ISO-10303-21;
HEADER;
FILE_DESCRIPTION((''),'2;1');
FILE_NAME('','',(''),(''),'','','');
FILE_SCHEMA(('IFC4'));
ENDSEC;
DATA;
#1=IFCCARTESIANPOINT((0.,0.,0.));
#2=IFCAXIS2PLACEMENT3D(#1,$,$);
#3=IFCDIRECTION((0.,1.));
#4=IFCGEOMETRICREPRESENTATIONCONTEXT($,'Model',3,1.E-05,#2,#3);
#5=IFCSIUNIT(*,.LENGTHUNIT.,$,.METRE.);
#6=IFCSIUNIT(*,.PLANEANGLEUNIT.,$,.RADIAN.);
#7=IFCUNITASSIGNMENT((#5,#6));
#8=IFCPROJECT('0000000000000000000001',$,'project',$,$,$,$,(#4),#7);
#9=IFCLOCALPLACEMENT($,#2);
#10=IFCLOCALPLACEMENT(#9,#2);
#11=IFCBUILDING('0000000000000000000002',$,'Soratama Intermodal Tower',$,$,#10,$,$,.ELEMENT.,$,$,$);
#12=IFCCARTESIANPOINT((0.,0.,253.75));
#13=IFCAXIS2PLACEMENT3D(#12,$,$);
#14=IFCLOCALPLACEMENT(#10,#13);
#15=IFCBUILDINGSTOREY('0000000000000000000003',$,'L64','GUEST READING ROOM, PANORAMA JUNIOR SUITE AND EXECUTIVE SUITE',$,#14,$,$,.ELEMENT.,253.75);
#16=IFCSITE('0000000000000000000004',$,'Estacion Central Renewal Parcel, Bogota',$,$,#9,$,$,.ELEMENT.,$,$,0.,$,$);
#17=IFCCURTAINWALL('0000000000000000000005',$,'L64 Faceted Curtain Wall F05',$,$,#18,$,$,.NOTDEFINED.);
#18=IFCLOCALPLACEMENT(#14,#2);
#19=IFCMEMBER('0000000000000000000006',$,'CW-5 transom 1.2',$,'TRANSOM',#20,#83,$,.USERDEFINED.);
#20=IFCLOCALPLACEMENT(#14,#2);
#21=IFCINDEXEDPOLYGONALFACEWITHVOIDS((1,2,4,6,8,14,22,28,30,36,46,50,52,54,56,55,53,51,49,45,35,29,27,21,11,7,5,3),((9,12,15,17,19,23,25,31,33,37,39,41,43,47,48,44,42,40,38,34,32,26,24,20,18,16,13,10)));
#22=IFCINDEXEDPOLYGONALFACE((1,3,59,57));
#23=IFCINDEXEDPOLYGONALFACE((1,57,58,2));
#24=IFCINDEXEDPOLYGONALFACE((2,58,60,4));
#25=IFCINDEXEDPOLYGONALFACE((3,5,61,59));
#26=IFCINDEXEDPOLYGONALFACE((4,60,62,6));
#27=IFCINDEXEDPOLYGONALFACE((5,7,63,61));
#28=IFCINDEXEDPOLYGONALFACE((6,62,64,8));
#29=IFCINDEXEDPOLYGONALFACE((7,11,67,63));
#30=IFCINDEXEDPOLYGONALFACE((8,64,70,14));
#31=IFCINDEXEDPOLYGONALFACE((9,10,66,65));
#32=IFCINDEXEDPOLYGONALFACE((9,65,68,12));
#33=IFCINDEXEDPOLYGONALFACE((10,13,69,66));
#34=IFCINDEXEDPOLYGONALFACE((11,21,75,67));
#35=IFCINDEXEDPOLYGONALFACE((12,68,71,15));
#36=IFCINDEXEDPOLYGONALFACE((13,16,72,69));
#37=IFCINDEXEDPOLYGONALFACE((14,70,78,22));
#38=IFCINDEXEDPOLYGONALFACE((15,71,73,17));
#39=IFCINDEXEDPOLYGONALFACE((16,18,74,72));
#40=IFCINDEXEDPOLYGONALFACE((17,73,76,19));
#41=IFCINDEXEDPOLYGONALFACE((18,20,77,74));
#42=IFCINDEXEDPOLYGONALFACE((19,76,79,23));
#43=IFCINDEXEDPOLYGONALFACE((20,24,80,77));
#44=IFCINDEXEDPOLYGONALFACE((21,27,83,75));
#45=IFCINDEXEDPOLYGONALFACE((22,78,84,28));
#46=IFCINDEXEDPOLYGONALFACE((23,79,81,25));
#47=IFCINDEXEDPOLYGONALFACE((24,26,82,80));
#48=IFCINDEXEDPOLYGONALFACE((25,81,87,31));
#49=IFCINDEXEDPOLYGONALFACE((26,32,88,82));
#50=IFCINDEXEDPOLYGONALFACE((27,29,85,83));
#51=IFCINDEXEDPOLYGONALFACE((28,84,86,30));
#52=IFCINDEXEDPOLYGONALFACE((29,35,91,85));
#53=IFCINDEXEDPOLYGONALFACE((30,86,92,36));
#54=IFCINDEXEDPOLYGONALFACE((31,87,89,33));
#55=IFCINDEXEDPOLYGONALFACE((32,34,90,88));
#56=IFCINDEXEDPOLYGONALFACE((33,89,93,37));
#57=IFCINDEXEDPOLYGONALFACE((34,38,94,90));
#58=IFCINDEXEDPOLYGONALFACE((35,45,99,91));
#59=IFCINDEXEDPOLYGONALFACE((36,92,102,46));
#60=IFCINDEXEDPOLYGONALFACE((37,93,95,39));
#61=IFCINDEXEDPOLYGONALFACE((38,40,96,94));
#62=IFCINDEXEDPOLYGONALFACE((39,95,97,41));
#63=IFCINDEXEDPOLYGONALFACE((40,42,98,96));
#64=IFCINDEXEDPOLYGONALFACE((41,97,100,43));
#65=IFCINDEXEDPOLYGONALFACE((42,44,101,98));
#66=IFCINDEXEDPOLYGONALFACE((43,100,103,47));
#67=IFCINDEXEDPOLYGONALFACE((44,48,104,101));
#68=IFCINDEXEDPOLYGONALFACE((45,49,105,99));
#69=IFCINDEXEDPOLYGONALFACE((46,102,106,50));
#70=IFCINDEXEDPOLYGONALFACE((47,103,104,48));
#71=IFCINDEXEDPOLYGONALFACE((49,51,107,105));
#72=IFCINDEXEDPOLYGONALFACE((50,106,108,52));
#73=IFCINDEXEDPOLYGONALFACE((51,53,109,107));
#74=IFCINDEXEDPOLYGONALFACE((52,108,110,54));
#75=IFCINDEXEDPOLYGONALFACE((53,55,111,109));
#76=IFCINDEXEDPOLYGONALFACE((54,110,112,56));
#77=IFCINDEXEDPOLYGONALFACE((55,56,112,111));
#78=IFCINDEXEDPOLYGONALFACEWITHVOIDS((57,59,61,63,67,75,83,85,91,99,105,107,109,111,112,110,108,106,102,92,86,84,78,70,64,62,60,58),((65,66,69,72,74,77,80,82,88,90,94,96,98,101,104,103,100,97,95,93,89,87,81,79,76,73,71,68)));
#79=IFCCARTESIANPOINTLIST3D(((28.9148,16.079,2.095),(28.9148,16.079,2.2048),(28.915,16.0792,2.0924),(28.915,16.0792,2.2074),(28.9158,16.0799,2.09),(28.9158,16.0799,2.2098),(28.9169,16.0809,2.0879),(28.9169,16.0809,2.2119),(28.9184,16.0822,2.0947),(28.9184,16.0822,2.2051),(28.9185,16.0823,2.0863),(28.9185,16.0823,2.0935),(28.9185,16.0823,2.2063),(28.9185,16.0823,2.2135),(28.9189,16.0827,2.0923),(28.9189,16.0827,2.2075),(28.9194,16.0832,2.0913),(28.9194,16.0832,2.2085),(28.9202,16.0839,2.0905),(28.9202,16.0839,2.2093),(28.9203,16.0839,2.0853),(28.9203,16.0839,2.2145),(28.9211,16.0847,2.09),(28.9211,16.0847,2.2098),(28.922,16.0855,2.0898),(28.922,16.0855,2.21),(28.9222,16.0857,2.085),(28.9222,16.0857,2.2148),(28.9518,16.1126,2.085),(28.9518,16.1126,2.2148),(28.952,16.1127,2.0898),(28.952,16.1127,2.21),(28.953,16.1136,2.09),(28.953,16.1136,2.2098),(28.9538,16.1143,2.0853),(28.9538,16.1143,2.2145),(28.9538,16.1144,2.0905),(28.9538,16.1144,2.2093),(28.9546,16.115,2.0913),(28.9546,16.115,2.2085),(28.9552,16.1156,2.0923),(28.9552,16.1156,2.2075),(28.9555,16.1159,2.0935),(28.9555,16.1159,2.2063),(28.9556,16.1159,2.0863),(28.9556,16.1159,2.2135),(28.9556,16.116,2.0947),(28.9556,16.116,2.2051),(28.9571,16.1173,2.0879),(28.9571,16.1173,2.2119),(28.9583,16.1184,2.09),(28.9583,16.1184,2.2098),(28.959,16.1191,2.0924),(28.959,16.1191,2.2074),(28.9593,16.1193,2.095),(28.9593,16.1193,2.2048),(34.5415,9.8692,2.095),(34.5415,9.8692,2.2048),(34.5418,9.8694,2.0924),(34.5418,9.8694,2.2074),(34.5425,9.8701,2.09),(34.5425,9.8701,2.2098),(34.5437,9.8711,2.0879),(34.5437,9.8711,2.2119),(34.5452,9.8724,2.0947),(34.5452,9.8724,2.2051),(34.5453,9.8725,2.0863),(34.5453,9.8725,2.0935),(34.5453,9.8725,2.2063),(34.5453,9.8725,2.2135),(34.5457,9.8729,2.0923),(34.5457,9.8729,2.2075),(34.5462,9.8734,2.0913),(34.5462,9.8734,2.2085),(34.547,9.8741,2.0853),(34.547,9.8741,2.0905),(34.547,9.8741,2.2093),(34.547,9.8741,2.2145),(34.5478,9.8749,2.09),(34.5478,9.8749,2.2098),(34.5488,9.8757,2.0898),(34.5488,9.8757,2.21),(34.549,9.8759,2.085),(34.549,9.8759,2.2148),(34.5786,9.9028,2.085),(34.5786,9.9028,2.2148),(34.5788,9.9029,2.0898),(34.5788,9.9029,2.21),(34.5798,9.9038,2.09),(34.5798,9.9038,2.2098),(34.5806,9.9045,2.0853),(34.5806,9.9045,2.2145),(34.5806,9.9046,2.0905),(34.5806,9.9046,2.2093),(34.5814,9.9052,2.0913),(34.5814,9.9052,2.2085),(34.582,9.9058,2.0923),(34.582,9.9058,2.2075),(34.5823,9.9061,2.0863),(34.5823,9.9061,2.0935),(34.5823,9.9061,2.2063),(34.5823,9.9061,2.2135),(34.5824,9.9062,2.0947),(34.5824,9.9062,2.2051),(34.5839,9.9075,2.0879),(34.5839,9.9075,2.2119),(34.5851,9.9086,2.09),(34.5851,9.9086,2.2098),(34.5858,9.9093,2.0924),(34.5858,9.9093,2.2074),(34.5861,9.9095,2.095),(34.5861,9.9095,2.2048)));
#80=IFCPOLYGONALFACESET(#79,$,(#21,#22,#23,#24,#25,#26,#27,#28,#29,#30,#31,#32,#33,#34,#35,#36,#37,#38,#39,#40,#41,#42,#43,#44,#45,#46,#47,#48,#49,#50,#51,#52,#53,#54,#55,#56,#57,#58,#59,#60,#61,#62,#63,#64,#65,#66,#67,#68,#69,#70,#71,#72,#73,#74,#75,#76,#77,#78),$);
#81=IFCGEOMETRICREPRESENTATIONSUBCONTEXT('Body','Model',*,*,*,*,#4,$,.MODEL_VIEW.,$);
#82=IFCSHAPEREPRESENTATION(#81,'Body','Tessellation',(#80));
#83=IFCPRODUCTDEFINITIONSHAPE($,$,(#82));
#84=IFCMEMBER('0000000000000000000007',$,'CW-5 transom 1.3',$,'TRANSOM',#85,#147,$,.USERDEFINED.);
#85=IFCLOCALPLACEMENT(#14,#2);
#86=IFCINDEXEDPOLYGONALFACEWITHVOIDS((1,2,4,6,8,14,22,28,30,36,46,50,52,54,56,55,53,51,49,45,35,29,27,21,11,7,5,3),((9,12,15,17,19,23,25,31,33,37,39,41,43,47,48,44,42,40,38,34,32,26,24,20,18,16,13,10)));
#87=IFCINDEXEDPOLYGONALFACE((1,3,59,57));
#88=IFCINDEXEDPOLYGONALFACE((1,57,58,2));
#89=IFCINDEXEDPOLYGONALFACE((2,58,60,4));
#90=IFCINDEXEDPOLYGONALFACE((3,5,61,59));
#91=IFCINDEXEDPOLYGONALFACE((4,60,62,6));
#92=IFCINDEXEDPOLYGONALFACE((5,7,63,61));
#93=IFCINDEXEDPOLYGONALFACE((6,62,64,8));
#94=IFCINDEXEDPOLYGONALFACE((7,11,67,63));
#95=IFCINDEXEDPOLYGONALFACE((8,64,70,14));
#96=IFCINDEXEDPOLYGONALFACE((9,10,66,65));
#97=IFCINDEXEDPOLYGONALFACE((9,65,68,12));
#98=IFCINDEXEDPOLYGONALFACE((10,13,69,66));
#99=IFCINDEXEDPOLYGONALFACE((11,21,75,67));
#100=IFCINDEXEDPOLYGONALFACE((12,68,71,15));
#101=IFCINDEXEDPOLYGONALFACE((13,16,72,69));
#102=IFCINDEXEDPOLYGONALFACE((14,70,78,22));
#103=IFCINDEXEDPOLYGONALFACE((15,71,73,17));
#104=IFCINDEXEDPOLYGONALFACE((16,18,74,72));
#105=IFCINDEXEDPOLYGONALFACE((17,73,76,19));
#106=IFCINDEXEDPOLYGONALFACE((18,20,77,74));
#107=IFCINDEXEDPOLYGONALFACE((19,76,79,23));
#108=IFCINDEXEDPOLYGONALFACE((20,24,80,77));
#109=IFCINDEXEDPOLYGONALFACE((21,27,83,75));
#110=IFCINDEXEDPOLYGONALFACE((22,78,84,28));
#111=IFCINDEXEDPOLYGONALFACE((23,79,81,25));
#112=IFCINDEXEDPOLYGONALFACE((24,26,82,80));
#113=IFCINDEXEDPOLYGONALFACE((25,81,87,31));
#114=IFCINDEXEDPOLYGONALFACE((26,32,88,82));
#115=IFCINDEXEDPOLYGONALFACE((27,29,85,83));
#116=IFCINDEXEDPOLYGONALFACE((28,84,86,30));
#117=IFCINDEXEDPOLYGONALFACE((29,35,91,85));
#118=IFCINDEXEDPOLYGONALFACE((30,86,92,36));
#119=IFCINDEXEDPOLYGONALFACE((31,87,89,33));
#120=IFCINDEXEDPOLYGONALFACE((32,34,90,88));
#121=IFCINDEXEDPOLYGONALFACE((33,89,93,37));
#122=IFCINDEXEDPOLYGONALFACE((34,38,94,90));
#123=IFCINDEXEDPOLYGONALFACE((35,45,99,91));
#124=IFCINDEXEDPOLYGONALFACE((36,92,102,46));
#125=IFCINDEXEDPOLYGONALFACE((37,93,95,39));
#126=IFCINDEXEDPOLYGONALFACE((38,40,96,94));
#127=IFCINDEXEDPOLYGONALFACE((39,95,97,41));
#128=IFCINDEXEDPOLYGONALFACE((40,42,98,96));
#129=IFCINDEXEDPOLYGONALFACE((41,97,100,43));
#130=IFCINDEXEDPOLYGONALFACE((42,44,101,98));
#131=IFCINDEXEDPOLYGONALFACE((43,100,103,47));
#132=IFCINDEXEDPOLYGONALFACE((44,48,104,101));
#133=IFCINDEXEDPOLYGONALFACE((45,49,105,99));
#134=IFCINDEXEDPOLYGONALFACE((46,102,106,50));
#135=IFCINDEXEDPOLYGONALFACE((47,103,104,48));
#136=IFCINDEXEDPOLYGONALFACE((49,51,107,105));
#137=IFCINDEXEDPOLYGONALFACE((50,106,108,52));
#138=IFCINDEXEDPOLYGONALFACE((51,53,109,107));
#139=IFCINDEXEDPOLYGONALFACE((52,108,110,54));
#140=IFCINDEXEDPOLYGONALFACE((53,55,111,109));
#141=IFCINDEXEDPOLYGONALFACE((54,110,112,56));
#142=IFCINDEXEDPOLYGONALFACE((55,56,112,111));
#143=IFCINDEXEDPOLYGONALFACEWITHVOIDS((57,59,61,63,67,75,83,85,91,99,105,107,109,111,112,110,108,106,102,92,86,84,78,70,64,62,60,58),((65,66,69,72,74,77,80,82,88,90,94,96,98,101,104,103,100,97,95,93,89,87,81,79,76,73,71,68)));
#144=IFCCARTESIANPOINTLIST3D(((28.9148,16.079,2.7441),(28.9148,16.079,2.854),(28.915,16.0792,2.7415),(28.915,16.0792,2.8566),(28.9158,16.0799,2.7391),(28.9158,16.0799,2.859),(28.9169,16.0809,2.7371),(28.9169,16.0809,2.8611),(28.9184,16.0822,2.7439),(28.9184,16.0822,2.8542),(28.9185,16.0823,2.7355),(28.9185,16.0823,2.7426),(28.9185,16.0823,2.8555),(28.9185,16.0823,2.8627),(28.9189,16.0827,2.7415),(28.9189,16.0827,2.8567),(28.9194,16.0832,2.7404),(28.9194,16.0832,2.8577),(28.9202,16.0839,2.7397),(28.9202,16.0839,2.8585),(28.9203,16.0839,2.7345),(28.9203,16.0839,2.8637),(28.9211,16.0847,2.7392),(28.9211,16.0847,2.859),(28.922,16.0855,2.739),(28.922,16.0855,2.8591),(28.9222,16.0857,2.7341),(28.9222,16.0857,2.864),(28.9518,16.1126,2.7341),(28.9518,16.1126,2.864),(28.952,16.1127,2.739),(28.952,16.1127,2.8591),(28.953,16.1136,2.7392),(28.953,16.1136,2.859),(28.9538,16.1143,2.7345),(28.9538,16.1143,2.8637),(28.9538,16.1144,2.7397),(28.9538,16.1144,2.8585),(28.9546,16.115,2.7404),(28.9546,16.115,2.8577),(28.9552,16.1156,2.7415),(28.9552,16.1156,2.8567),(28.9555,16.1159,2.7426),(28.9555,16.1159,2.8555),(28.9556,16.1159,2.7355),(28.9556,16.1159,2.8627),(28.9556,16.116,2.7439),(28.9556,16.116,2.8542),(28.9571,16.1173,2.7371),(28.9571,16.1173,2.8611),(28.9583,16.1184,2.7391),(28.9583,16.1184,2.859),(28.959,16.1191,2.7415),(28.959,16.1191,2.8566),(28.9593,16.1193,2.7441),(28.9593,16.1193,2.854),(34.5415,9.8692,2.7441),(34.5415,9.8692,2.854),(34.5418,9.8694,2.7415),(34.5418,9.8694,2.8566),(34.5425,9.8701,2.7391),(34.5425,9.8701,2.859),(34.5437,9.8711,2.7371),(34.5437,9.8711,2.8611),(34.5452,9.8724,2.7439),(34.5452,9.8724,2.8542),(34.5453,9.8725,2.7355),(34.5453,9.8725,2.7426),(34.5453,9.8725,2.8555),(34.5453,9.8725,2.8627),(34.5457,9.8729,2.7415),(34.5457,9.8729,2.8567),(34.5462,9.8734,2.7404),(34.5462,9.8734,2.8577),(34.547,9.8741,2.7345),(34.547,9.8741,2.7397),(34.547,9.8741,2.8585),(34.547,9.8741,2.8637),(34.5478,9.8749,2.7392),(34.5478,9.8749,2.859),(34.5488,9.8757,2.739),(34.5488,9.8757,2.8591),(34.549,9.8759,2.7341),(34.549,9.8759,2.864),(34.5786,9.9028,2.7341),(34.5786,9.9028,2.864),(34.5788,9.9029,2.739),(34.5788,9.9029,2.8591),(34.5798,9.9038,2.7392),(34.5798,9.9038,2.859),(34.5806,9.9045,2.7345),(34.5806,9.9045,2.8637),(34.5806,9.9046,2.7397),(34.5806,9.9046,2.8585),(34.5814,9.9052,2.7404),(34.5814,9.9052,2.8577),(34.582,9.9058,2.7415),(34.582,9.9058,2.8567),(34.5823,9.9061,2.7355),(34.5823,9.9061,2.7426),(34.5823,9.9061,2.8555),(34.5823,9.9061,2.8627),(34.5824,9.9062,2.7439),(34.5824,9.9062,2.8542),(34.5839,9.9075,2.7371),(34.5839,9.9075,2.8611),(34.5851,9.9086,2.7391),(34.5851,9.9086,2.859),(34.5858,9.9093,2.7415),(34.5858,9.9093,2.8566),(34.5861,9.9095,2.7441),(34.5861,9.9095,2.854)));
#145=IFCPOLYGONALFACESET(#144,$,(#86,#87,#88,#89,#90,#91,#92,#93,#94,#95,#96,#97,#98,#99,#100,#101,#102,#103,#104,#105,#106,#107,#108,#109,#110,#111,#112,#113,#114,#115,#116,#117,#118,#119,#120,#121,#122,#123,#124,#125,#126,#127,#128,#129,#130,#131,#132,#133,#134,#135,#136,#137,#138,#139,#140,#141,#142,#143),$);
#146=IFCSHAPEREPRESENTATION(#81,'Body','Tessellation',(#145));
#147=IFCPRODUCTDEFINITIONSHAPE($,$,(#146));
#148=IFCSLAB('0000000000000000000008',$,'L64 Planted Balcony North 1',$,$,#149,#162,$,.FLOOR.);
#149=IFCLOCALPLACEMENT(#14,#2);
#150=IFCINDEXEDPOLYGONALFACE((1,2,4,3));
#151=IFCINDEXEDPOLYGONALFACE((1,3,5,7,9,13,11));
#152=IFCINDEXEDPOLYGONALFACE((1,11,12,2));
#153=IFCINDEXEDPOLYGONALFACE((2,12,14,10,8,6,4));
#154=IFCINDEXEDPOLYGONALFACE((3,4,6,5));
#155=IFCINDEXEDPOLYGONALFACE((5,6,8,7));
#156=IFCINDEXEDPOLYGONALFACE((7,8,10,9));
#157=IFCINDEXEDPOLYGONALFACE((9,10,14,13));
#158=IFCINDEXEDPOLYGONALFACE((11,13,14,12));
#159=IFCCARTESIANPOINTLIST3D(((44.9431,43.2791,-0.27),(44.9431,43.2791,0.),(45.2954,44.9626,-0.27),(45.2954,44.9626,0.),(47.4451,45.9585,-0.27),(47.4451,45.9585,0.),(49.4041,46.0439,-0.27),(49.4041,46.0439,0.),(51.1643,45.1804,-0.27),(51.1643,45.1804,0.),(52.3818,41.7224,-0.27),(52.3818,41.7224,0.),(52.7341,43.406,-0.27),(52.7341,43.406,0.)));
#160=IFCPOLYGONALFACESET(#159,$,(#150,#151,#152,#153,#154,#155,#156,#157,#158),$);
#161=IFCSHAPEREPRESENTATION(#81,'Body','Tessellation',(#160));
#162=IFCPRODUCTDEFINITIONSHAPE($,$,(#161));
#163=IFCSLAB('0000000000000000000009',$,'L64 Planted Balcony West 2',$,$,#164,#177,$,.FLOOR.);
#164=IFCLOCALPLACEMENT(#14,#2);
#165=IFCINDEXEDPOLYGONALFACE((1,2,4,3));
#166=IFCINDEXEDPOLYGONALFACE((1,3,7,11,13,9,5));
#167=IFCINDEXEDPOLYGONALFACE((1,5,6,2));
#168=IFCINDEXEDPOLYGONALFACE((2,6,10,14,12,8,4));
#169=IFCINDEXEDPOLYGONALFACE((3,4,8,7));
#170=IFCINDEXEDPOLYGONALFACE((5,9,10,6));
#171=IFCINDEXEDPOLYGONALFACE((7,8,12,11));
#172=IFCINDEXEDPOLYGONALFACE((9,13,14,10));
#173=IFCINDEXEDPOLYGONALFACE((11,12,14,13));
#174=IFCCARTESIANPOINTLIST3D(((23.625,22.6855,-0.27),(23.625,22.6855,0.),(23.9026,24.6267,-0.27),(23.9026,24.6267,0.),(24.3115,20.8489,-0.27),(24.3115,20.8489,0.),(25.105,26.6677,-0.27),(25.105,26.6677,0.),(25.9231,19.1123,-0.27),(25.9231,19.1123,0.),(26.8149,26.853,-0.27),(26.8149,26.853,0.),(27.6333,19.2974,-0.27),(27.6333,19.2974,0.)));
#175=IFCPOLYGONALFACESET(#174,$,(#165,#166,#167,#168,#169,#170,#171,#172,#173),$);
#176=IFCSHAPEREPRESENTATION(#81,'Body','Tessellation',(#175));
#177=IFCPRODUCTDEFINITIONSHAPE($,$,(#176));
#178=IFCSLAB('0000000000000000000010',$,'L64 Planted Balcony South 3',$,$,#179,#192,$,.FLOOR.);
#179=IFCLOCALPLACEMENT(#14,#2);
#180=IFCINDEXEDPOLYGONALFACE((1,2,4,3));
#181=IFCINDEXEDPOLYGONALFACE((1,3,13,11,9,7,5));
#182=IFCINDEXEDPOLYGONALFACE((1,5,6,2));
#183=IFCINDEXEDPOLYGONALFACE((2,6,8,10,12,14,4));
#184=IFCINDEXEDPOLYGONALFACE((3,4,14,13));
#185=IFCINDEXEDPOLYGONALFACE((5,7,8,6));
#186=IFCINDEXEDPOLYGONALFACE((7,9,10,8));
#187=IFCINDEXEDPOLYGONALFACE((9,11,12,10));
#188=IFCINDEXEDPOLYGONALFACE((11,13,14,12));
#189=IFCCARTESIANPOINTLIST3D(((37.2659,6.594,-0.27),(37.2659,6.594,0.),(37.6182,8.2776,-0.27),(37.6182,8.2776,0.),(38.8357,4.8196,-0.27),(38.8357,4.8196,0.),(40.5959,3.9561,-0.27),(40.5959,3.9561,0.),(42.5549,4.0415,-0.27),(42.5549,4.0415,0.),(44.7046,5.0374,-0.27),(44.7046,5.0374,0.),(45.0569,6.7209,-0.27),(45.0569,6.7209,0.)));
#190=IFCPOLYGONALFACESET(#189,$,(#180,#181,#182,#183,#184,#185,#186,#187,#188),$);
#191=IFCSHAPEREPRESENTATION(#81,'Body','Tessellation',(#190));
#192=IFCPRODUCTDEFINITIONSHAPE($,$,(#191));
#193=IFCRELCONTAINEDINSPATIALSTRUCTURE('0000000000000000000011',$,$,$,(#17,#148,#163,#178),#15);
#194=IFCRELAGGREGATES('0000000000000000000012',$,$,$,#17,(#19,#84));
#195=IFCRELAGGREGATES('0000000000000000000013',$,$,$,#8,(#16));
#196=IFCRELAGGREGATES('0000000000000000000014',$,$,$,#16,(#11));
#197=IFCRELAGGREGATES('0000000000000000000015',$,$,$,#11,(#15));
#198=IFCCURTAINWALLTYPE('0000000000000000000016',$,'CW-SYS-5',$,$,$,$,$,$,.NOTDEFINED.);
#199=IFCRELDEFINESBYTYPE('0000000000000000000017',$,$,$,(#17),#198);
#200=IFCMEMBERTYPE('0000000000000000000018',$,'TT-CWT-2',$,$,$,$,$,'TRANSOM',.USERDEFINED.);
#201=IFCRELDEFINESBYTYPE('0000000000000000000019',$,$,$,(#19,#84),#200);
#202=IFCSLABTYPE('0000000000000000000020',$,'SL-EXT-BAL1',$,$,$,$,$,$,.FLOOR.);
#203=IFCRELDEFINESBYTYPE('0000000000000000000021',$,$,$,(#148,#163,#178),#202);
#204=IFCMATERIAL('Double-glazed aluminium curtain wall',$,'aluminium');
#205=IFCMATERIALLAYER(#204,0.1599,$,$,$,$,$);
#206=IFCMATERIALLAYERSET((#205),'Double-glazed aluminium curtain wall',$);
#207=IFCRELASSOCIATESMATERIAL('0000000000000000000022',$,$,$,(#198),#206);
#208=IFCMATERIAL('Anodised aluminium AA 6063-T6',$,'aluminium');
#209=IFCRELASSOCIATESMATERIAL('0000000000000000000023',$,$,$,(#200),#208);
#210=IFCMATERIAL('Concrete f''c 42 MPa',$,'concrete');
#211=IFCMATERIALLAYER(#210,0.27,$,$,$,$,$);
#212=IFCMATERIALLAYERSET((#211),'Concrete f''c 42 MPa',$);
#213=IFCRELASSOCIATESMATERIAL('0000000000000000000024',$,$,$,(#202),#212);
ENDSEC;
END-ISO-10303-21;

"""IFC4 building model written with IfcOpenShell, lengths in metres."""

from ifc_helpers import new_model, si_unit, direction, frame, origin, origin_2d, place, context, subcontext, project, spatial, polyline, hollow_rectangle, outline, extrude, material, layer, layer_set, material_profile, profile_set, type_object, element, aggregate, save


model = new_model("IFC4")

# Units and contexts
model_context = context("Model", 3, precision=1e-05, world=origin(), true_north=direction((0.0, 1.0)))
body_context = subcontext(model_context, "Body", "Model", "MODEL_VIEW")
ifc_project = project(units=[si_unit("LENGTHUNIT", "METRE"), si_unit("PLANEANGLEUNIT", "RADIAN")], contexts=[model_context])

# Site, building, storey
site_placement = place(None, origin())
site = spatial("IfcSite", under=ifc_project, at=site_placement, Name="Estacion Central Renewal Parcel, Bogota", CompositionType="ELEMENT", RefElevation=0.0)
building_placement = place(site_placement, origin())
building = spatial("IfcBuilding", under=site, at=building_placement, Name="Soratama Intermodal Tower", CompositionType="ELEMENT")
storey_placement = place(building_placement, frame((0.0, 0.0, 253.75)))
storey = spatial("IfcBuildingStorey", under=building, at=storey_placement, Name="L64", Description="GUEST READING ROOM, PANORAMA JUNIOR SUITE AND EXECUTIVE SUITE", CompositionType="ELEMENT", Elevation=253.75)

# Curtain wall, members
ifc_material_1 = material(Name="Double-glazed aluminium curtain wall", Category="aluminium")
ifc_layer_1 = layer(ifc_material_1, 0.1599)
ifc_layer_set_1 = layer_set([ifc_layer_1], Name="Double-glazed aluminium curtain wall")
curtain_wall_type = type_object("IfcCurtainWallType", Name="CW-SYS-5", PredefinedType="NOTDEFINED", material=ifc_layer_set_1)
curtain_wall_placement = place(storey_placement, origin())
curtain_wall = element("IfcCurtainWall", 1, at=curtain_wall_placement, inside=storey, type_object=curtain_wall_type, Name="L64 Faceted Curtain Wall F05", PredefinedType="NOTDEFINED")
ifc_material_2 = material(Name="Anodised aluminium AA 6063-T6", Category="aluminium")
ifc_material_profile_1 = material_profile(ifc_material_2, hollow_rectangle(XDim=0.0601, YDim=0.1299, WallThickness=0.0049, InnerFilletRadius=0.0049, OuterFilletRadius=0.01, at=origin_2d()), Name="CWT130X60X5")
ifc_profile_set_1 = profile_set([ifc_material_profile_1], Name="Anodised aluminium AA 6063-T6")
member_type_1 = type_object("IfcMemberType", Name="TT-CWT-2", ElementType="TRANSOM", PredefinedType="USERDEFINED", material=ifc_profile_set_1)
member_1_placement = place(storey_placement, frame((28.937, 16.0991, 2.1499), z_axis=(0.671464, -0.741037, 0.0), x_axis=(0.741037, 0.671464, 0.0)))
member_1 = element("IfcMember", 2, at=member_1_placement, type_object=member_type_1, Name="CW-5 transom 1.2", ObjectType="TRANSOM", PredefinedType="USERDEFINED", context=body_context, shape_type="SweptSolid", body=[
    extrude(hollow_rectangle(XDim=0.0601, YDim=0.1299, WallThickness=0.0049, InnerFilletRadius=0.0049, OuterFilletRadius=0.01, at=origin_2d()), origin(), (0.0, 0.0, 1.0), 8.3799),
])
member_2_placement = place(storey_placement, frame((28.937, 16.0991, 2.7991), z_axis=(0.671464, -0.741037, 0.0), x_axis=(0.741037, 0.671464, 0.0)))
member_2 = element("IfcMember", 3, at=member_2_placement, type_object=member_type_1, Name="CW-5 transom 1.3", ObjectType="TRANSOM", PredefinedType="USERDEFINED", context=body_context, shape_type="SweptSolid", body=[
    extrude(hollow_rectangle(XDim=0.0601, YDim=0.1299, WallThickness=0.0049, InnerFilletRadius=0.0049, OuterFilletRadius=0.01, at=origin_2d()), origin(), (0.0, 0.0, 1.0), 8.3799),
])
aggregate(curtain_wall, [member_1, member_2])

# Slabs
ifc_material_3 = material(Name="Concrete f'c 42 MPa", Category="concrete")
ifc_layer_2 = layer(ifc_material_3, 0.27)
ifc_layer_set_2 = layer_set([ifc_layer_2], Name="Concrete f'c 42 MPa")
slab_type_1 = type_object("IfcSlabType", Name="SL-EXT-BAL1", PredefinedType="FLOOR", material=ifc_layer_set_2)
slab_1_placement = place(storey_placement, frame((0.0, 0.0, -0.27)))
element("IfcSlab", 4, at=slab_1_placement, inside=storey, type_object=slab_type_1, Name="L64 Planted Balcony North 1", PredefinedType="FLOOR", context=body_context, shape_type="SweptSolid", body=[
    extrude(outline(polyline([(52.3818, 41.7224), (44.9431, 43.2791), (45.2954, 44.9626), (47.4451, 45.9585), (49.4041, 46.0439), (51.1643, 45.1804), (52.7341, 43.406), (52.3818, 41.7224)])), origin(), (0.0, 0.0, 1.0), 0.27),
])
slab_2_placement = place(storey_placement, frame((0.0, 0.0, -0.27)))
element("IfcSlab", 5, at=slab_2_placement, inside=storey, type_object=slab_type_1, Name="L64 Planted Balcony West 2", PredefinedType="FLOOR", context=body_context, shape_type="SweptSolid", body=[
    extrude(outline(polyline([(26.8149, 26.853), (27.6333, 19.2974), (25.9231, 19.1123), (24.3115, 20.8489), (23.625, 22.6855), (23.9026, 24.6267), (25.105, 26.6677), (26.8149, 26.853)])), origin(), (0.0, 0.0, 1.0), 0.27),
])
slab_3_placement = place(storey_placement, frame((0.0, 0.0, -0.27)))
element("IfcSlab", 6, at=slab_3_placement, inside=storey, type_object=slab_type_1, Name="L64 Planted Balcony South 3", PredefinedType="FLOOR", context=body_context, shape_type="SweptSolid", body=[
    extrude(outline(polyline([(37.6182, 8.2776), (45.0569, 6.7209), (44.7046, 5.0374), (42.5549, 4.0415), (40.5959, 3.9561), (38.8357, 4.8196), (37.2659, 6.594), (37.6182, 8.2776)])), origin(), (0.0, 0.0, 1.0), 0.27),
])

save(model, "model.ifc")
